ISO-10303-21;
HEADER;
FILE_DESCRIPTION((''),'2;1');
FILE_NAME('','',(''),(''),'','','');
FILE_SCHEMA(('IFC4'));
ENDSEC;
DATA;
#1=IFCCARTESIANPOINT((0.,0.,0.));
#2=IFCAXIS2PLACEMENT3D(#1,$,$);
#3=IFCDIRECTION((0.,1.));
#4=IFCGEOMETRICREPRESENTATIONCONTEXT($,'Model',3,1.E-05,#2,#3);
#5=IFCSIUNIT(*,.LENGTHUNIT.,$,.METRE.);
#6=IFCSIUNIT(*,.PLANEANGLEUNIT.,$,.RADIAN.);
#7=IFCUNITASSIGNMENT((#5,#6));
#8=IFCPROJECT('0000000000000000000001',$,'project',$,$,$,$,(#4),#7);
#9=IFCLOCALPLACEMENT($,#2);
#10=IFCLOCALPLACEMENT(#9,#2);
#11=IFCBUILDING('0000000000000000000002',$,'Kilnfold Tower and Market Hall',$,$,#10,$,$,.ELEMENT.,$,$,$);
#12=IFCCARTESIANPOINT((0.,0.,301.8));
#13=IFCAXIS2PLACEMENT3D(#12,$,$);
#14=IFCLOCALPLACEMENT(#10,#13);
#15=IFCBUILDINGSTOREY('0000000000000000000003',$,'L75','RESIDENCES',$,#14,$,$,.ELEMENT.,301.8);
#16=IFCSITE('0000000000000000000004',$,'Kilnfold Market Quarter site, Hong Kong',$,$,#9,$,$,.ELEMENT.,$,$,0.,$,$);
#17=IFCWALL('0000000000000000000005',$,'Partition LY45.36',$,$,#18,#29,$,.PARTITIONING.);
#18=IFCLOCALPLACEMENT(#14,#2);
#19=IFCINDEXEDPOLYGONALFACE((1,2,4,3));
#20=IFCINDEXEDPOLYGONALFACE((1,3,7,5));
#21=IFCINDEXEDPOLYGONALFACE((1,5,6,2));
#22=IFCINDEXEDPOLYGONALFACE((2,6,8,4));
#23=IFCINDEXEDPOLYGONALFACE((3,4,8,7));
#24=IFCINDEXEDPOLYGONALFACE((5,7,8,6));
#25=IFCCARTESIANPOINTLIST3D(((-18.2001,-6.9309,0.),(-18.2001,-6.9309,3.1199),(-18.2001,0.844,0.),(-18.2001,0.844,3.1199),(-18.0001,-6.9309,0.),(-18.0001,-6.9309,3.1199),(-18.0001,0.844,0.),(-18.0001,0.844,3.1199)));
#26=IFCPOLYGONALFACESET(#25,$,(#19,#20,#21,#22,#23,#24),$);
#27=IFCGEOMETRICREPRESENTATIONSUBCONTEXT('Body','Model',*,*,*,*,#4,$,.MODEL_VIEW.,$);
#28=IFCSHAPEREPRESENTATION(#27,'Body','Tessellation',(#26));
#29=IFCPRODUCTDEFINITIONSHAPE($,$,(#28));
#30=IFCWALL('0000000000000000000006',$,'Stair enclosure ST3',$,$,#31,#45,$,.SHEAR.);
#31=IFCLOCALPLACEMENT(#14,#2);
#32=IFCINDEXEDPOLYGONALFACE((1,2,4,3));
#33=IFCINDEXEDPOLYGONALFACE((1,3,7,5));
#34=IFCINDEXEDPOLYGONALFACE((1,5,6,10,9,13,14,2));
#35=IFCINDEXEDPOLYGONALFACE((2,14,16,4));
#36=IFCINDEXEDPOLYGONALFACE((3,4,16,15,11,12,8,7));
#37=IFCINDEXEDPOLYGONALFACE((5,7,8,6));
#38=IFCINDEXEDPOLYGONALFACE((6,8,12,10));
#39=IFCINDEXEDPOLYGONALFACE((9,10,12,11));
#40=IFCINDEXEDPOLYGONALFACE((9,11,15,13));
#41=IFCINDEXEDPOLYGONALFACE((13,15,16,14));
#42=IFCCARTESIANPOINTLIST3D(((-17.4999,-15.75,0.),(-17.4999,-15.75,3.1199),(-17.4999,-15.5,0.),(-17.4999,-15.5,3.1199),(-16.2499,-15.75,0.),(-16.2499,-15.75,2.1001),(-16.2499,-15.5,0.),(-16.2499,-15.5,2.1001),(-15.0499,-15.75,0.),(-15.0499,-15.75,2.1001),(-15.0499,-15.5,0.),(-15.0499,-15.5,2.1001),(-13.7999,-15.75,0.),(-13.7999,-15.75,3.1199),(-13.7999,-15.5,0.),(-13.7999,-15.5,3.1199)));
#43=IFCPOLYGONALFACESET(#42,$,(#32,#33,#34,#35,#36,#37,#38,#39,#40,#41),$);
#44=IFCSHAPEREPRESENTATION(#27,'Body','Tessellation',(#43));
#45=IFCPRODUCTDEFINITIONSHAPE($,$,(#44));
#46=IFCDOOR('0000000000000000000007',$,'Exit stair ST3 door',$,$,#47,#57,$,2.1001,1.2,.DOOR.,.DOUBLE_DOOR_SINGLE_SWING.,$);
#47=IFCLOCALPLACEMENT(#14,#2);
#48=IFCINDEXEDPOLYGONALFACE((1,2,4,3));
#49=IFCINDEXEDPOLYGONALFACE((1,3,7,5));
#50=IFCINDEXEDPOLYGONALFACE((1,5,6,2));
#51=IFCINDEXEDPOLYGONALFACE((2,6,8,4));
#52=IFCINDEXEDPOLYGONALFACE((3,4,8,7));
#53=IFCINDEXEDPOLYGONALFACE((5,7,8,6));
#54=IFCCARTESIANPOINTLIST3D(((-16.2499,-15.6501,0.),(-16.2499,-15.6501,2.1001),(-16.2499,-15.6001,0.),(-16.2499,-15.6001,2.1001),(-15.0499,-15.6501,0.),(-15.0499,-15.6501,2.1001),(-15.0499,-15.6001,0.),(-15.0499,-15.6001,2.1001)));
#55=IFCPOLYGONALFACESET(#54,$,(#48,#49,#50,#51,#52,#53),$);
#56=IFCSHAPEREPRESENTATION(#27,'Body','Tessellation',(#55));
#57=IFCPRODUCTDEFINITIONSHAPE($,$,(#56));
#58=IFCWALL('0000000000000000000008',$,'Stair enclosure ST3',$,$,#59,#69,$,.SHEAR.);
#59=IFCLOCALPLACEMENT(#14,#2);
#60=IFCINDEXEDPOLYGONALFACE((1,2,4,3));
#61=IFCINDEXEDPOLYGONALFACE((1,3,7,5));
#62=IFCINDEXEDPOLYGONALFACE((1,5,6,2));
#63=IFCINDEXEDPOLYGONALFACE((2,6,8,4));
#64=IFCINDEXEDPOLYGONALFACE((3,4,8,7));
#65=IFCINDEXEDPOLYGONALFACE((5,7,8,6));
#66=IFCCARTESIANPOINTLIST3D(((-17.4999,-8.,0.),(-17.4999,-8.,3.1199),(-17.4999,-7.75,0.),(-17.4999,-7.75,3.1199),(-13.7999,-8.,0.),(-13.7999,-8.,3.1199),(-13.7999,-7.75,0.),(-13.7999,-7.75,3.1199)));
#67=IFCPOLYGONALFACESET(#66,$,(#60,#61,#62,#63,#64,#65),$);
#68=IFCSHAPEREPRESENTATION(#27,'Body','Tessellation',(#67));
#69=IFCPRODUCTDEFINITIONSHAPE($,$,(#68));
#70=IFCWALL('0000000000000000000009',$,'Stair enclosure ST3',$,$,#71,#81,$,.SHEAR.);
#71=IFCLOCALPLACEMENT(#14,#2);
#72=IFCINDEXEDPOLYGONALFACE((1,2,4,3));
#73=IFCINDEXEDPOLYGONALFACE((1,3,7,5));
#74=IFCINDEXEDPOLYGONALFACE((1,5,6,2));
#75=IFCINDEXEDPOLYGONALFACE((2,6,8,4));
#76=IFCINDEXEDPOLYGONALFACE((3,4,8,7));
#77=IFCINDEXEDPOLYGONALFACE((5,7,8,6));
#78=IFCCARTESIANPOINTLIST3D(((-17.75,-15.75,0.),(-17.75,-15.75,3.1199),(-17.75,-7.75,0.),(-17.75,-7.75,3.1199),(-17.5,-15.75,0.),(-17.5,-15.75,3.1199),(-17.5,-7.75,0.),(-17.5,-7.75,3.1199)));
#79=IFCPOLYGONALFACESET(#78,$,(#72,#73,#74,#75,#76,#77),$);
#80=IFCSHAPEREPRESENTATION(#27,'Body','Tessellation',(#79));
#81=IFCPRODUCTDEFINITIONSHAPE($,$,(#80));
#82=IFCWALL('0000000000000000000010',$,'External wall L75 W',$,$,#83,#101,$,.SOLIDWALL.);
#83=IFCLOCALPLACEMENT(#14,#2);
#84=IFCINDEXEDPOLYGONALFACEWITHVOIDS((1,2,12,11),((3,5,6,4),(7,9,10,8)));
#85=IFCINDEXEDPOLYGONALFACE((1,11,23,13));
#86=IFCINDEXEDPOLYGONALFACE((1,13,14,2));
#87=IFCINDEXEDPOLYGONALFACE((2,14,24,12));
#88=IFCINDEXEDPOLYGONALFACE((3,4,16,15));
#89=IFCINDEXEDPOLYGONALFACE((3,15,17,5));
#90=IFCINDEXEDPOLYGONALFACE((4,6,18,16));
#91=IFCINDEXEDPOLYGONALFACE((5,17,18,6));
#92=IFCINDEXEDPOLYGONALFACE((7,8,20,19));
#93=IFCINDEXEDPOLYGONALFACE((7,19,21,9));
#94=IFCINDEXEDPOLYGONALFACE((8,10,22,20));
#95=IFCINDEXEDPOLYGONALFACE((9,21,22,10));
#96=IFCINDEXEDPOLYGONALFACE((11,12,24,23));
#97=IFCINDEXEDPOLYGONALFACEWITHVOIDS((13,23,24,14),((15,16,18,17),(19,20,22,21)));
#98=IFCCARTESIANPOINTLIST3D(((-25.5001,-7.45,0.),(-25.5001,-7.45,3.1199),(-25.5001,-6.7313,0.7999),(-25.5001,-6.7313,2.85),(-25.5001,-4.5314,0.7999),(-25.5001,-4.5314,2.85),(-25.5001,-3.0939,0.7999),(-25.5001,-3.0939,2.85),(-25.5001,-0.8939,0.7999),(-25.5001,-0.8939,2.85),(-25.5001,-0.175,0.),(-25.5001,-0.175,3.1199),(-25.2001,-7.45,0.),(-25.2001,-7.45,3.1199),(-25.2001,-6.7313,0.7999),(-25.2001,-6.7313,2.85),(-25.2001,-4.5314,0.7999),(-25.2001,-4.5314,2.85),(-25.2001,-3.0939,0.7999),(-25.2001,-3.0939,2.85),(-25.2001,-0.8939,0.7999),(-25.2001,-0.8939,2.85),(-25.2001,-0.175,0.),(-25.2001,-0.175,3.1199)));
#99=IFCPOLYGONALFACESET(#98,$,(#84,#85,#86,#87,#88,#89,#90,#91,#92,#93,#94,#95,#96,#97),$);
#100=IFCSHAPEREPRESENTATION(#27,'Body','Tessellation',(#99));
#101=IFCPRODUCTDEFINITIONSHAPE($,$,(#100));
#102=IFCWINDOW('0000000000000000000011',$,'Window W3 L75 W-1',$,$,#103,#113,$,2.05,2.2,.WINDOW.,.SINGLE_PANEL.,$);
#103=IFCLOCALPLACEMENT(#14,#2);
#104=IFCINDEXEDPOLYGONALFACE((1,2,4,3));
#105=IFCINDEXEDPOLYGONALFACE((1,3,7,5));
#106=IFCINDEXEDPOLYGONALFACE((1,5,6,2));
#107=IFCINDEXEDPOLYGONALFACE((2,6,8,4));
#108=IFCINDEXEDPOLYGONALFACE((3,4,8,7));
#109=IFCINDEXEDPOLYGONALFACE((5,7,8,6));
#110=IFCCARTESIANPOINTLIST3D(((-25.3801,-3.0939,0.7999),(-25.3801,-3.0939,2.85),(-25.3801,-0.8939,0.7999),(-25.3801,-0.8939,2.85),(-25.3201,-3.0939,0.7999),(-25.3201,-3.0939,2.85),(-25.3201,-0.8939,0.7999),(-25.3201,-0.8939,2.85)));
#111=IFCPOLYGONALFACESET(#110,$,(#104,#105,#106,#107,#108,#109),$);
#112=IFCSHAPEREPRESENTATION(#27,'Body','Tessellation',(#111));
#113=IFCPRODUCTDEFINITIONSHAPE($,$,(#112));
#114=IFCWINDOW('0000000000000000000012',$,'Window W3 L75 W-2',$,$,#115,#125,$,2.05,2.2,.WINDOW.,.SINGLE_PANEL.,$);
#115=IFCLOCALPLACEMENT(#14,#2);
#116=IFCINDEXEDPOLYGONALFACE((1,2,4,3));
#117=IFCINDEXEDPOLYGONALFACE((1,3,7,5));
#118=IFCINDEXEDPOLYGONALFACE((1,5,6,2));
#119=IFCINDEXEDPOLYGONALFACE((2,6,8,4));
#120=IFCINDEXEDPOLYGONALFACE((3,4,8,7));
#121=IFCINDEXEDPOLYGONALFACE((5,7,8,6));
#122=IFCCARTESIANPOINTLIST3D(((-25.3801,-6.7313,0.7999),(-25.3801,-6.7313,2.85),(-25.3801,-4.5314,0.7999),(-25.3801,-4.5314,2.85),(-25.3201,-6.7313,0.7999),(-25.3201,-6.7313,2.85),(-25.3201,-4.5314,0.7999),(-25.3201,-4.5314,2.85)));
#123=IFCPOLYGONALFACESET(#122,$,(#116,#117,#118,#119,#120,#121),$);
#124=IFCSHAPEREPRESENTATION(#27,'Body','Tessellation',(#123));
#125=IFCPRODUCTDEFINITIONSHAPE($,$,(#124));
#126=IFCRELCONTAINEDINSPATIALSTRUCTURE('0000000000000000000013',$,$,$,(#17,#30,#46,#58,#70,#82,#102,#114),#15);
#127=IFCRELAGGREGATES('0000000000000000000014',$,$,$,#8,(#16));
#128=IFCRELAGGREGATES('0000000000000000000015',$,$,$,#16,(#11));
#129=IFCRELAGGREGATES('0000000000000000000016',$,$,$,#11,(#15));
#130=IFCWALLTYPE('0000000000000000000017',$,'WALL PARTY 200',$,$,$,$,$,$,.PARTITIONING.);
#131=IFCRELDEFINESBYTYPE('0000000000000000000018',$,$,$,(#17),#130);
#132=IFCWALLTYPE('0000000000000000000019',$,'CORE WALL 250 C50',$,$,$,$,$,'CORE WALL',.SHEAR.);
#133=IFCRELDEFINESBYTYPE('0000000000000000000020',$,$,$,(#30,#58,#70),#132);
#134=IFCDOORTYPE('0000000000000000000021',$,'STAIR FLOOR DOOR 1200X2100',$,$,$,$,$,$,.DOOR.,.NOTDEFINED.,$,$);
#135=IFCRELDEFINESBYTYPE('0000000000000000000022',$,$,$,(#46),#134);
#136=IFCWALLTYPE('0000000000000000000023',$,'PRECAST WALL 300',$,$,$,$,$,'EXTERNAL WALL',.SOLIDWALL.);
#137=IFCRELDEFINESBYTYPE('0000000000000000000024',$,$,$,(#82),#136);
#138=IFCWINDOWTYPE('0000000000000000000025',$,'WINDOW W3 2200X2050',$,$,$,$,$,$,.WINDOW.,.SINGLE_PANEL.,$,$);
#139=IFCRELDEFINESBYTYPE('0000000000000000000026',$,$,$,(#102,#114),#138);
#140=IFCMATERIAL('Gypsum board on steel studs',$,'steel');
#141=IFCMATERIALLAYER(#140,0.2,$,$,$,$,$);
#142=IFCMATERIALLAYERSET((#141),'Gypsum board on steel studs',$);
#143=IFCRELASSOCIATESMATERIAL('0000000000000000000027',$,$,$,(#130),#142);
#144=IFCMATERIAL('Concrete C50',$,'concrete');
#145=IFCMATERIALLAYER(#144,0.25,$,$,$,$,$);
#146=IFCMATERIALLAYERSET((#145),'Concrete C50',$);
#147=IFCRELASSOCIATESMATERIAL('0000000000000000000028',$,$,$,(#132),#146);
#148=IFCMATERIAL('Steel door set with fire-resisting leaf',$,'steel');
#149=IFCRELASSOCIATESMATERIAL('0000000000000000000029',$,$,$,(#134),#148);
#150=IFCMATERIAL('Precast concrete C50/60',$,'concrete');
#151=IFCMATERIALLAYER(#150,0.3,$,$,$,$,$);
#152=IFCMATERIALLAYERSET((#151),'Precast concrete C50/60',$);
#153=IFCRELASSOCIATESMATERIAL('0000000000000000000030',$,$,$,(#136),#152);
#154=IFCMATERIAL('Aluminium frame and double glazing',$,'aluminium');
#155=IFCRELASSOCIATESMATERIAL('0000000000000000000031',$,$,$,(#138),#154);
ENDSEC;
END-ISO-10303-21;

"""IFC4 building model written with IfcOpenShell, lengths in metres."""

from ifc_helpers import new_model, si_unit, direction, frame, frame_2d, origin, place, context, subcontext, project, spatial, rectangle, extrude, source, transform, mapped, material, layer, layer_set, type_object, element, fill, save


model = new_model("IFC4")

# Units and contexts
model_context = context("Model", 3, precision=1e-05, world=origin(), true_north=direction((0.0, 1.0)))
body_context = subcontext(model_context, "Body", "Model", "MODEL_VIEW")
ifc_project = project(units=[si_unit("LENGTHUNIT", "METRE"), si_unit("PLANEANGLEUNIT", "RADIAN")], contexts=[model_context])

# Site, building, storey
site_placement = place(None, origin())
site = spatial("IfcSite", under=ifc_project, at=site_placement, Name="Kilnfold Market Quarter site, Hong Kong", CompositionType="ELEMENT", RefElevation=0.0)
building_placement = place(site_placement, origin())
building = spatial("IfcBuilding", under=site, at=building_placement, Name="Kilnfold Tower and Market Hall", CompositionType="ELEMENT")
storey_placement = place(building_placement, frame((0.0, 0.0, 301.8)))
storey = spatial("IfcBuildingStorey", under=building, at=storey_placement, Name="L75", Description="RESIDENCES", CompositionType="ELEMENT", Elevation=301.8)

# Wall
ifc_material_1 = material(Name="Gypsum board on steel studs", Category="steel")
ifc_layer_1 = layer(ifc_material_1, 0.2)
ifc_layer_set_1 = layer_set([ifc_layer_1], Name="Gypsum board on steel studs")
wall_type_1 = type_object("IfcWallType", Name="WALL PARTY 200", PredefinedType="PARTITIONING", material=ifc_layer_set_1)
wall_1_placement = place(storey_placement, frame((-18.1001, -6.9309, 0.0), z_axis=(0.0, 0.0, 1.0), x_axis=(0.0, 1.0, 0.0)))
element("IfcWall", 1, at=wall_1_placement, inside=storey, type_object=wall_type_1, Name="Partition LY45.36", PredefinedType="PARTITIONING", context=body_context, shape_type="SweptSolid", body=[
    extrude(rectangle(XDim=7.7749, YDim=0.2, at=frame_2d((3.8875, 0.0))), origin(), (0.0, 0.0, 1.0), 3.1199),
])

# Wall, opening, door
ifc_material_2 = material(Name="Concrete C50", Category="concrete")
ifc_layer_2 = layer(ifc_material_2, 0.25)
ifc_layer_set_2 = layer_set([ifc_layer_2], Name="Concrete C50")
wall_type_2 = type_object("IfcWallType", Name="CORE WALL 250 C50", ElementType="CORE WALL", PredefinedType="SHEAR", material=ifc_layer_set_2)
shared_shape_1 = source(origin(), body_context, "Body", "SweptSolid", [
    extrude(rectangle(XDim=3.7, YDim=0.25, at=frame_2d((1.8501, 0.0))), origin(), (0.0, 0.0, 1.0), 3.1199),
])
wall_2_placement = place(storey_placement, frame((-17.5, -15.625, 0.0), z_axis=(0.0, 0.0, 1.0), x_axis=(1.0, 0.0, 0.0)))
wall_2 = element("IfcWall", 2, at=wall_2_placement, inside=storey, type_object=wall_type_2, Name="Stair enclosure ST3", PredefinedType="SHEAR", context=body_context, shape_type="MappedRepresentation", body=[
    mapped(shared_shape_1, transform((0.0, 0.0, 0.0))),
])
opening_1_placement = place(wall_2_placement, frame((1.25, 0.0, 0.0)))
opening_1 = element("IfcOpeningElement", 3, at=opening_1_placement, cuts=wall_2, PredefinedType="OPENING", context=body_context, shape_type="SweptSolid", body=[
    extrude(rectangle(XDim=1.2, YDim=2.1001, at=frame_2d((0.6001, 1.05))), frame((0.0, 0.135, 0.0), z_axis=(0.0, -1.0, 0.0), x_axis=(1.0, 0.0, 0.0)), (0.0, 0.0, 1.0), 0.27),
])
ifc_material_3 = material(Name="Steel door set with fire-resisting leaf", Category="steel")
door_type_1 = type_object("IfcDoorType", Name="STAIR FLOOR DOOR 1200X2100", OperationType="NOTDEFINED", PredefinedType="DOOR", material=ifc_material_3)
door_1_placement = place(opening_1_placement, origin())
door_1 = element("IfcDoor", 4, at=door_1_placement, inside=storey, type_object=door_type_1, Name="Exit stair ST3 door", OperationType="DOUBLE_DOOR_SINGLE_SWING", OverallHeight=2.1001, OverallWidth=1.2, PredefinedType="DOOR", context=body_context, shape_type="SweptSolid", body=[
    extrude(rectangle(XDim=1.2, YDim=2.1001, at=frame_2d((0.6001, 1.05))), frame((0.0, 0.0249, 0.0), z_axis=(0.0, -1.0, 0.0), x_axis=(1.0, 0.0, 0.0)), (0.0, 0.0, 1.0), 0.05),
])
fill(opening_1, door_1)

# Walls
wall_3_placement = place(storey_placement, frame((-17.5, -7.875, 0.0), z_axis=(0.0, 0.0, 1.0), x_axis=(1.0, 0.0, 0.0)))
element("IfcWall", 5, at=wall_3_placement, inside=storey, type_object=wall_type_2, Name="Stair enclosure ST3", PredefinedType="SHEAR", context=body_context, shape_type="MappedRepresentation", body=[
    mapped(shared_shape_1, transform((0.0, 0.0, 0.0))),
])
shared_shape_2 = source(origin(), body_context, "Body", "SweptSolid", [
    extrude(rectangle(XDim=8.0, YDim=0.25, at=frame_2d((4.0, 0.0))), origin(), (0.0, 0.0, 1.0), 3.1199),
])
wall_4_placement = place(storey_placement, frame((-17.625, -15.75, 0.0), z_axis=(0.0, 0.0, 1.0), x_axis=(0.0, 1.0, 0.0)))
element("IfcWall", 6, at=wall_4_placement, inside=storey, type_object=wall_type_2, Name="Stair enclosure ST3", PredefinedType="SHEAR", context=body_context, shape_type="MappedRepresentation", body=[
    mapped(shared_shape_2, transform((0.0, 0.0, 0.0))),
])

# Wall, openings, windows
ifc_material_4 = material(Name="Precast concrete C50/60", Category="concrete")
ifc_layer_3 = layer(ifc_material_4, 0.3)
ifc_layer_set_3 = layer_set([ifc_layer_3], Name="Precast concrete C50/60")
wall_type_3 = type_object("IfcWallType", Name="PRECAST WALL 300", ElementType="EXTERNAL WALL", PredefinedType="SOLIDWALL", material=ifc_layer_set_3)
shared_shape_3 = source(origin(), body_context, "Body", "SweptSolid", [
    extrude(rectangle(XDim=7.2749, YDim=0.3, at=frame_2d((3.6375, 0.0))), origin(), (0.0, 0.0, 1.0), 3.1199),
])
wall_5_placement = place(storey_placement, frame((-25.3501, -0.175, 0.0), z_axis=(0.0, 0.0, 1.0), x_axis=(0.0, -1.0, 0.0)))
wall_5 = element("IfcWall", 7, at=wall_5_placement, inside=storey, type_object=wall_type_3, Name="External wall L75 W", PredefinedType="SOLIDWALL", context=body_context, shape_type="MappedRepresentation", body=[
    mapped(shared_shape_3, transform((0.0, 0.0, 0.0))),
])
opening_2_placement = place(wall_5_placement, frame((0.7188, 0.0, 0.8)))
opening_2 = element("IfcOpeningElement", 8, at=opening_2_placement, cuts=wall_5, PredefinedType="OPENING", context=body_context, shape_type="SweptSolid", body=[
    extrude(rectangle(XDim=2.2, YDim=2.05, at=frame_2d((1.1001, 1.0249))), frame((0.0, 0.1602, 0.0), z_axis=(0.0, -1.0, 0.0), x_axis=(1.0, 0.0, 0.0)), (0.0, 0.0, 1.0), 0.3201),
])
opening_3_placement = place(wall_5_placement, frame((4.3562, 0.0, 0.8)))
opening_3 = element("IfcOpeningElement", 9, at=opening_3_placement, cuts=wall_5, PredefinedType="OPENING", context=body_context, shape_type="SweptSolid", body=[
    extrude(rectangle(XDim=2.2, YDim=2.05, at=frame_2d((1.1001, 1.0249))), frame((0.0, 0.1602, 0.0), z_axis=(0.0, -1.0, 0.0), x_axis=(1.0, 0.0, 0.0)), (0.0, 0.0, 1.0), 0.3201),
])
ifc_material_5 = material(Name="Aluminium frame and double glazing", Category="aluminium")
window_type_1 = type_object("IfcWindowType", Name="WINDOW W3 2200X2050", PartitioningType="SINGLE_PANEL", PredefinedType="WINDOW", material=ifc_material_5)
window_1_placement = place(opening_2_placement, origin())
window_1 = element("IfcWindow", 10, at=window_1_placement, inside=storey, type_object=window_type_1, Name="Window W3 L75 W-1", OverallHeight=2.05, OverallWidth=2.2, PartitioningType="SINGLE_PANEL", PredefinedType="WINDOW", context=body_context, shape_type="SweptSolid", body=[
    extrude(rectangle(XDim=2.2, YDim=2.05, at=frame_2d((1.1001, 1.0249))), frame((0.0, 0.03, 0.0), z_axis=(0.0, -1.0, 0.0), x_axis=(1.0, 0.0, 0.0)), (0.0, 0.0, 1.0), 0.0601),
])
fill(opening_2, window_1)
window_2_placement = place(opening_3_placement, origin())
window_2 = element("IfcWindow", 11, at=window_2_placement, inside=storey, type_object=window_type_1, Name="Window W3 L75 W-2", OverallHeight=2.05, OverallWidth=2.2, PartitioningType="SINGLE_PANEL", PredefinedType="WINDOW", context=body_context, shape_type="SweptSolid", body=[
    extrude(rectangle(XDim=2.2, YDim=2.05, at=frame_2d((1.1001, 1.0249))), frame((0.0, 0.03, 0.0), z_axis=(0.0, -1.0, 0.0), x_axis=(1.0, 0.0, 0.0)), (0.0, 0.0, 1.0), 0.0601),
])
fill(opening_3, window_2)

save(model, "model.ifc")
